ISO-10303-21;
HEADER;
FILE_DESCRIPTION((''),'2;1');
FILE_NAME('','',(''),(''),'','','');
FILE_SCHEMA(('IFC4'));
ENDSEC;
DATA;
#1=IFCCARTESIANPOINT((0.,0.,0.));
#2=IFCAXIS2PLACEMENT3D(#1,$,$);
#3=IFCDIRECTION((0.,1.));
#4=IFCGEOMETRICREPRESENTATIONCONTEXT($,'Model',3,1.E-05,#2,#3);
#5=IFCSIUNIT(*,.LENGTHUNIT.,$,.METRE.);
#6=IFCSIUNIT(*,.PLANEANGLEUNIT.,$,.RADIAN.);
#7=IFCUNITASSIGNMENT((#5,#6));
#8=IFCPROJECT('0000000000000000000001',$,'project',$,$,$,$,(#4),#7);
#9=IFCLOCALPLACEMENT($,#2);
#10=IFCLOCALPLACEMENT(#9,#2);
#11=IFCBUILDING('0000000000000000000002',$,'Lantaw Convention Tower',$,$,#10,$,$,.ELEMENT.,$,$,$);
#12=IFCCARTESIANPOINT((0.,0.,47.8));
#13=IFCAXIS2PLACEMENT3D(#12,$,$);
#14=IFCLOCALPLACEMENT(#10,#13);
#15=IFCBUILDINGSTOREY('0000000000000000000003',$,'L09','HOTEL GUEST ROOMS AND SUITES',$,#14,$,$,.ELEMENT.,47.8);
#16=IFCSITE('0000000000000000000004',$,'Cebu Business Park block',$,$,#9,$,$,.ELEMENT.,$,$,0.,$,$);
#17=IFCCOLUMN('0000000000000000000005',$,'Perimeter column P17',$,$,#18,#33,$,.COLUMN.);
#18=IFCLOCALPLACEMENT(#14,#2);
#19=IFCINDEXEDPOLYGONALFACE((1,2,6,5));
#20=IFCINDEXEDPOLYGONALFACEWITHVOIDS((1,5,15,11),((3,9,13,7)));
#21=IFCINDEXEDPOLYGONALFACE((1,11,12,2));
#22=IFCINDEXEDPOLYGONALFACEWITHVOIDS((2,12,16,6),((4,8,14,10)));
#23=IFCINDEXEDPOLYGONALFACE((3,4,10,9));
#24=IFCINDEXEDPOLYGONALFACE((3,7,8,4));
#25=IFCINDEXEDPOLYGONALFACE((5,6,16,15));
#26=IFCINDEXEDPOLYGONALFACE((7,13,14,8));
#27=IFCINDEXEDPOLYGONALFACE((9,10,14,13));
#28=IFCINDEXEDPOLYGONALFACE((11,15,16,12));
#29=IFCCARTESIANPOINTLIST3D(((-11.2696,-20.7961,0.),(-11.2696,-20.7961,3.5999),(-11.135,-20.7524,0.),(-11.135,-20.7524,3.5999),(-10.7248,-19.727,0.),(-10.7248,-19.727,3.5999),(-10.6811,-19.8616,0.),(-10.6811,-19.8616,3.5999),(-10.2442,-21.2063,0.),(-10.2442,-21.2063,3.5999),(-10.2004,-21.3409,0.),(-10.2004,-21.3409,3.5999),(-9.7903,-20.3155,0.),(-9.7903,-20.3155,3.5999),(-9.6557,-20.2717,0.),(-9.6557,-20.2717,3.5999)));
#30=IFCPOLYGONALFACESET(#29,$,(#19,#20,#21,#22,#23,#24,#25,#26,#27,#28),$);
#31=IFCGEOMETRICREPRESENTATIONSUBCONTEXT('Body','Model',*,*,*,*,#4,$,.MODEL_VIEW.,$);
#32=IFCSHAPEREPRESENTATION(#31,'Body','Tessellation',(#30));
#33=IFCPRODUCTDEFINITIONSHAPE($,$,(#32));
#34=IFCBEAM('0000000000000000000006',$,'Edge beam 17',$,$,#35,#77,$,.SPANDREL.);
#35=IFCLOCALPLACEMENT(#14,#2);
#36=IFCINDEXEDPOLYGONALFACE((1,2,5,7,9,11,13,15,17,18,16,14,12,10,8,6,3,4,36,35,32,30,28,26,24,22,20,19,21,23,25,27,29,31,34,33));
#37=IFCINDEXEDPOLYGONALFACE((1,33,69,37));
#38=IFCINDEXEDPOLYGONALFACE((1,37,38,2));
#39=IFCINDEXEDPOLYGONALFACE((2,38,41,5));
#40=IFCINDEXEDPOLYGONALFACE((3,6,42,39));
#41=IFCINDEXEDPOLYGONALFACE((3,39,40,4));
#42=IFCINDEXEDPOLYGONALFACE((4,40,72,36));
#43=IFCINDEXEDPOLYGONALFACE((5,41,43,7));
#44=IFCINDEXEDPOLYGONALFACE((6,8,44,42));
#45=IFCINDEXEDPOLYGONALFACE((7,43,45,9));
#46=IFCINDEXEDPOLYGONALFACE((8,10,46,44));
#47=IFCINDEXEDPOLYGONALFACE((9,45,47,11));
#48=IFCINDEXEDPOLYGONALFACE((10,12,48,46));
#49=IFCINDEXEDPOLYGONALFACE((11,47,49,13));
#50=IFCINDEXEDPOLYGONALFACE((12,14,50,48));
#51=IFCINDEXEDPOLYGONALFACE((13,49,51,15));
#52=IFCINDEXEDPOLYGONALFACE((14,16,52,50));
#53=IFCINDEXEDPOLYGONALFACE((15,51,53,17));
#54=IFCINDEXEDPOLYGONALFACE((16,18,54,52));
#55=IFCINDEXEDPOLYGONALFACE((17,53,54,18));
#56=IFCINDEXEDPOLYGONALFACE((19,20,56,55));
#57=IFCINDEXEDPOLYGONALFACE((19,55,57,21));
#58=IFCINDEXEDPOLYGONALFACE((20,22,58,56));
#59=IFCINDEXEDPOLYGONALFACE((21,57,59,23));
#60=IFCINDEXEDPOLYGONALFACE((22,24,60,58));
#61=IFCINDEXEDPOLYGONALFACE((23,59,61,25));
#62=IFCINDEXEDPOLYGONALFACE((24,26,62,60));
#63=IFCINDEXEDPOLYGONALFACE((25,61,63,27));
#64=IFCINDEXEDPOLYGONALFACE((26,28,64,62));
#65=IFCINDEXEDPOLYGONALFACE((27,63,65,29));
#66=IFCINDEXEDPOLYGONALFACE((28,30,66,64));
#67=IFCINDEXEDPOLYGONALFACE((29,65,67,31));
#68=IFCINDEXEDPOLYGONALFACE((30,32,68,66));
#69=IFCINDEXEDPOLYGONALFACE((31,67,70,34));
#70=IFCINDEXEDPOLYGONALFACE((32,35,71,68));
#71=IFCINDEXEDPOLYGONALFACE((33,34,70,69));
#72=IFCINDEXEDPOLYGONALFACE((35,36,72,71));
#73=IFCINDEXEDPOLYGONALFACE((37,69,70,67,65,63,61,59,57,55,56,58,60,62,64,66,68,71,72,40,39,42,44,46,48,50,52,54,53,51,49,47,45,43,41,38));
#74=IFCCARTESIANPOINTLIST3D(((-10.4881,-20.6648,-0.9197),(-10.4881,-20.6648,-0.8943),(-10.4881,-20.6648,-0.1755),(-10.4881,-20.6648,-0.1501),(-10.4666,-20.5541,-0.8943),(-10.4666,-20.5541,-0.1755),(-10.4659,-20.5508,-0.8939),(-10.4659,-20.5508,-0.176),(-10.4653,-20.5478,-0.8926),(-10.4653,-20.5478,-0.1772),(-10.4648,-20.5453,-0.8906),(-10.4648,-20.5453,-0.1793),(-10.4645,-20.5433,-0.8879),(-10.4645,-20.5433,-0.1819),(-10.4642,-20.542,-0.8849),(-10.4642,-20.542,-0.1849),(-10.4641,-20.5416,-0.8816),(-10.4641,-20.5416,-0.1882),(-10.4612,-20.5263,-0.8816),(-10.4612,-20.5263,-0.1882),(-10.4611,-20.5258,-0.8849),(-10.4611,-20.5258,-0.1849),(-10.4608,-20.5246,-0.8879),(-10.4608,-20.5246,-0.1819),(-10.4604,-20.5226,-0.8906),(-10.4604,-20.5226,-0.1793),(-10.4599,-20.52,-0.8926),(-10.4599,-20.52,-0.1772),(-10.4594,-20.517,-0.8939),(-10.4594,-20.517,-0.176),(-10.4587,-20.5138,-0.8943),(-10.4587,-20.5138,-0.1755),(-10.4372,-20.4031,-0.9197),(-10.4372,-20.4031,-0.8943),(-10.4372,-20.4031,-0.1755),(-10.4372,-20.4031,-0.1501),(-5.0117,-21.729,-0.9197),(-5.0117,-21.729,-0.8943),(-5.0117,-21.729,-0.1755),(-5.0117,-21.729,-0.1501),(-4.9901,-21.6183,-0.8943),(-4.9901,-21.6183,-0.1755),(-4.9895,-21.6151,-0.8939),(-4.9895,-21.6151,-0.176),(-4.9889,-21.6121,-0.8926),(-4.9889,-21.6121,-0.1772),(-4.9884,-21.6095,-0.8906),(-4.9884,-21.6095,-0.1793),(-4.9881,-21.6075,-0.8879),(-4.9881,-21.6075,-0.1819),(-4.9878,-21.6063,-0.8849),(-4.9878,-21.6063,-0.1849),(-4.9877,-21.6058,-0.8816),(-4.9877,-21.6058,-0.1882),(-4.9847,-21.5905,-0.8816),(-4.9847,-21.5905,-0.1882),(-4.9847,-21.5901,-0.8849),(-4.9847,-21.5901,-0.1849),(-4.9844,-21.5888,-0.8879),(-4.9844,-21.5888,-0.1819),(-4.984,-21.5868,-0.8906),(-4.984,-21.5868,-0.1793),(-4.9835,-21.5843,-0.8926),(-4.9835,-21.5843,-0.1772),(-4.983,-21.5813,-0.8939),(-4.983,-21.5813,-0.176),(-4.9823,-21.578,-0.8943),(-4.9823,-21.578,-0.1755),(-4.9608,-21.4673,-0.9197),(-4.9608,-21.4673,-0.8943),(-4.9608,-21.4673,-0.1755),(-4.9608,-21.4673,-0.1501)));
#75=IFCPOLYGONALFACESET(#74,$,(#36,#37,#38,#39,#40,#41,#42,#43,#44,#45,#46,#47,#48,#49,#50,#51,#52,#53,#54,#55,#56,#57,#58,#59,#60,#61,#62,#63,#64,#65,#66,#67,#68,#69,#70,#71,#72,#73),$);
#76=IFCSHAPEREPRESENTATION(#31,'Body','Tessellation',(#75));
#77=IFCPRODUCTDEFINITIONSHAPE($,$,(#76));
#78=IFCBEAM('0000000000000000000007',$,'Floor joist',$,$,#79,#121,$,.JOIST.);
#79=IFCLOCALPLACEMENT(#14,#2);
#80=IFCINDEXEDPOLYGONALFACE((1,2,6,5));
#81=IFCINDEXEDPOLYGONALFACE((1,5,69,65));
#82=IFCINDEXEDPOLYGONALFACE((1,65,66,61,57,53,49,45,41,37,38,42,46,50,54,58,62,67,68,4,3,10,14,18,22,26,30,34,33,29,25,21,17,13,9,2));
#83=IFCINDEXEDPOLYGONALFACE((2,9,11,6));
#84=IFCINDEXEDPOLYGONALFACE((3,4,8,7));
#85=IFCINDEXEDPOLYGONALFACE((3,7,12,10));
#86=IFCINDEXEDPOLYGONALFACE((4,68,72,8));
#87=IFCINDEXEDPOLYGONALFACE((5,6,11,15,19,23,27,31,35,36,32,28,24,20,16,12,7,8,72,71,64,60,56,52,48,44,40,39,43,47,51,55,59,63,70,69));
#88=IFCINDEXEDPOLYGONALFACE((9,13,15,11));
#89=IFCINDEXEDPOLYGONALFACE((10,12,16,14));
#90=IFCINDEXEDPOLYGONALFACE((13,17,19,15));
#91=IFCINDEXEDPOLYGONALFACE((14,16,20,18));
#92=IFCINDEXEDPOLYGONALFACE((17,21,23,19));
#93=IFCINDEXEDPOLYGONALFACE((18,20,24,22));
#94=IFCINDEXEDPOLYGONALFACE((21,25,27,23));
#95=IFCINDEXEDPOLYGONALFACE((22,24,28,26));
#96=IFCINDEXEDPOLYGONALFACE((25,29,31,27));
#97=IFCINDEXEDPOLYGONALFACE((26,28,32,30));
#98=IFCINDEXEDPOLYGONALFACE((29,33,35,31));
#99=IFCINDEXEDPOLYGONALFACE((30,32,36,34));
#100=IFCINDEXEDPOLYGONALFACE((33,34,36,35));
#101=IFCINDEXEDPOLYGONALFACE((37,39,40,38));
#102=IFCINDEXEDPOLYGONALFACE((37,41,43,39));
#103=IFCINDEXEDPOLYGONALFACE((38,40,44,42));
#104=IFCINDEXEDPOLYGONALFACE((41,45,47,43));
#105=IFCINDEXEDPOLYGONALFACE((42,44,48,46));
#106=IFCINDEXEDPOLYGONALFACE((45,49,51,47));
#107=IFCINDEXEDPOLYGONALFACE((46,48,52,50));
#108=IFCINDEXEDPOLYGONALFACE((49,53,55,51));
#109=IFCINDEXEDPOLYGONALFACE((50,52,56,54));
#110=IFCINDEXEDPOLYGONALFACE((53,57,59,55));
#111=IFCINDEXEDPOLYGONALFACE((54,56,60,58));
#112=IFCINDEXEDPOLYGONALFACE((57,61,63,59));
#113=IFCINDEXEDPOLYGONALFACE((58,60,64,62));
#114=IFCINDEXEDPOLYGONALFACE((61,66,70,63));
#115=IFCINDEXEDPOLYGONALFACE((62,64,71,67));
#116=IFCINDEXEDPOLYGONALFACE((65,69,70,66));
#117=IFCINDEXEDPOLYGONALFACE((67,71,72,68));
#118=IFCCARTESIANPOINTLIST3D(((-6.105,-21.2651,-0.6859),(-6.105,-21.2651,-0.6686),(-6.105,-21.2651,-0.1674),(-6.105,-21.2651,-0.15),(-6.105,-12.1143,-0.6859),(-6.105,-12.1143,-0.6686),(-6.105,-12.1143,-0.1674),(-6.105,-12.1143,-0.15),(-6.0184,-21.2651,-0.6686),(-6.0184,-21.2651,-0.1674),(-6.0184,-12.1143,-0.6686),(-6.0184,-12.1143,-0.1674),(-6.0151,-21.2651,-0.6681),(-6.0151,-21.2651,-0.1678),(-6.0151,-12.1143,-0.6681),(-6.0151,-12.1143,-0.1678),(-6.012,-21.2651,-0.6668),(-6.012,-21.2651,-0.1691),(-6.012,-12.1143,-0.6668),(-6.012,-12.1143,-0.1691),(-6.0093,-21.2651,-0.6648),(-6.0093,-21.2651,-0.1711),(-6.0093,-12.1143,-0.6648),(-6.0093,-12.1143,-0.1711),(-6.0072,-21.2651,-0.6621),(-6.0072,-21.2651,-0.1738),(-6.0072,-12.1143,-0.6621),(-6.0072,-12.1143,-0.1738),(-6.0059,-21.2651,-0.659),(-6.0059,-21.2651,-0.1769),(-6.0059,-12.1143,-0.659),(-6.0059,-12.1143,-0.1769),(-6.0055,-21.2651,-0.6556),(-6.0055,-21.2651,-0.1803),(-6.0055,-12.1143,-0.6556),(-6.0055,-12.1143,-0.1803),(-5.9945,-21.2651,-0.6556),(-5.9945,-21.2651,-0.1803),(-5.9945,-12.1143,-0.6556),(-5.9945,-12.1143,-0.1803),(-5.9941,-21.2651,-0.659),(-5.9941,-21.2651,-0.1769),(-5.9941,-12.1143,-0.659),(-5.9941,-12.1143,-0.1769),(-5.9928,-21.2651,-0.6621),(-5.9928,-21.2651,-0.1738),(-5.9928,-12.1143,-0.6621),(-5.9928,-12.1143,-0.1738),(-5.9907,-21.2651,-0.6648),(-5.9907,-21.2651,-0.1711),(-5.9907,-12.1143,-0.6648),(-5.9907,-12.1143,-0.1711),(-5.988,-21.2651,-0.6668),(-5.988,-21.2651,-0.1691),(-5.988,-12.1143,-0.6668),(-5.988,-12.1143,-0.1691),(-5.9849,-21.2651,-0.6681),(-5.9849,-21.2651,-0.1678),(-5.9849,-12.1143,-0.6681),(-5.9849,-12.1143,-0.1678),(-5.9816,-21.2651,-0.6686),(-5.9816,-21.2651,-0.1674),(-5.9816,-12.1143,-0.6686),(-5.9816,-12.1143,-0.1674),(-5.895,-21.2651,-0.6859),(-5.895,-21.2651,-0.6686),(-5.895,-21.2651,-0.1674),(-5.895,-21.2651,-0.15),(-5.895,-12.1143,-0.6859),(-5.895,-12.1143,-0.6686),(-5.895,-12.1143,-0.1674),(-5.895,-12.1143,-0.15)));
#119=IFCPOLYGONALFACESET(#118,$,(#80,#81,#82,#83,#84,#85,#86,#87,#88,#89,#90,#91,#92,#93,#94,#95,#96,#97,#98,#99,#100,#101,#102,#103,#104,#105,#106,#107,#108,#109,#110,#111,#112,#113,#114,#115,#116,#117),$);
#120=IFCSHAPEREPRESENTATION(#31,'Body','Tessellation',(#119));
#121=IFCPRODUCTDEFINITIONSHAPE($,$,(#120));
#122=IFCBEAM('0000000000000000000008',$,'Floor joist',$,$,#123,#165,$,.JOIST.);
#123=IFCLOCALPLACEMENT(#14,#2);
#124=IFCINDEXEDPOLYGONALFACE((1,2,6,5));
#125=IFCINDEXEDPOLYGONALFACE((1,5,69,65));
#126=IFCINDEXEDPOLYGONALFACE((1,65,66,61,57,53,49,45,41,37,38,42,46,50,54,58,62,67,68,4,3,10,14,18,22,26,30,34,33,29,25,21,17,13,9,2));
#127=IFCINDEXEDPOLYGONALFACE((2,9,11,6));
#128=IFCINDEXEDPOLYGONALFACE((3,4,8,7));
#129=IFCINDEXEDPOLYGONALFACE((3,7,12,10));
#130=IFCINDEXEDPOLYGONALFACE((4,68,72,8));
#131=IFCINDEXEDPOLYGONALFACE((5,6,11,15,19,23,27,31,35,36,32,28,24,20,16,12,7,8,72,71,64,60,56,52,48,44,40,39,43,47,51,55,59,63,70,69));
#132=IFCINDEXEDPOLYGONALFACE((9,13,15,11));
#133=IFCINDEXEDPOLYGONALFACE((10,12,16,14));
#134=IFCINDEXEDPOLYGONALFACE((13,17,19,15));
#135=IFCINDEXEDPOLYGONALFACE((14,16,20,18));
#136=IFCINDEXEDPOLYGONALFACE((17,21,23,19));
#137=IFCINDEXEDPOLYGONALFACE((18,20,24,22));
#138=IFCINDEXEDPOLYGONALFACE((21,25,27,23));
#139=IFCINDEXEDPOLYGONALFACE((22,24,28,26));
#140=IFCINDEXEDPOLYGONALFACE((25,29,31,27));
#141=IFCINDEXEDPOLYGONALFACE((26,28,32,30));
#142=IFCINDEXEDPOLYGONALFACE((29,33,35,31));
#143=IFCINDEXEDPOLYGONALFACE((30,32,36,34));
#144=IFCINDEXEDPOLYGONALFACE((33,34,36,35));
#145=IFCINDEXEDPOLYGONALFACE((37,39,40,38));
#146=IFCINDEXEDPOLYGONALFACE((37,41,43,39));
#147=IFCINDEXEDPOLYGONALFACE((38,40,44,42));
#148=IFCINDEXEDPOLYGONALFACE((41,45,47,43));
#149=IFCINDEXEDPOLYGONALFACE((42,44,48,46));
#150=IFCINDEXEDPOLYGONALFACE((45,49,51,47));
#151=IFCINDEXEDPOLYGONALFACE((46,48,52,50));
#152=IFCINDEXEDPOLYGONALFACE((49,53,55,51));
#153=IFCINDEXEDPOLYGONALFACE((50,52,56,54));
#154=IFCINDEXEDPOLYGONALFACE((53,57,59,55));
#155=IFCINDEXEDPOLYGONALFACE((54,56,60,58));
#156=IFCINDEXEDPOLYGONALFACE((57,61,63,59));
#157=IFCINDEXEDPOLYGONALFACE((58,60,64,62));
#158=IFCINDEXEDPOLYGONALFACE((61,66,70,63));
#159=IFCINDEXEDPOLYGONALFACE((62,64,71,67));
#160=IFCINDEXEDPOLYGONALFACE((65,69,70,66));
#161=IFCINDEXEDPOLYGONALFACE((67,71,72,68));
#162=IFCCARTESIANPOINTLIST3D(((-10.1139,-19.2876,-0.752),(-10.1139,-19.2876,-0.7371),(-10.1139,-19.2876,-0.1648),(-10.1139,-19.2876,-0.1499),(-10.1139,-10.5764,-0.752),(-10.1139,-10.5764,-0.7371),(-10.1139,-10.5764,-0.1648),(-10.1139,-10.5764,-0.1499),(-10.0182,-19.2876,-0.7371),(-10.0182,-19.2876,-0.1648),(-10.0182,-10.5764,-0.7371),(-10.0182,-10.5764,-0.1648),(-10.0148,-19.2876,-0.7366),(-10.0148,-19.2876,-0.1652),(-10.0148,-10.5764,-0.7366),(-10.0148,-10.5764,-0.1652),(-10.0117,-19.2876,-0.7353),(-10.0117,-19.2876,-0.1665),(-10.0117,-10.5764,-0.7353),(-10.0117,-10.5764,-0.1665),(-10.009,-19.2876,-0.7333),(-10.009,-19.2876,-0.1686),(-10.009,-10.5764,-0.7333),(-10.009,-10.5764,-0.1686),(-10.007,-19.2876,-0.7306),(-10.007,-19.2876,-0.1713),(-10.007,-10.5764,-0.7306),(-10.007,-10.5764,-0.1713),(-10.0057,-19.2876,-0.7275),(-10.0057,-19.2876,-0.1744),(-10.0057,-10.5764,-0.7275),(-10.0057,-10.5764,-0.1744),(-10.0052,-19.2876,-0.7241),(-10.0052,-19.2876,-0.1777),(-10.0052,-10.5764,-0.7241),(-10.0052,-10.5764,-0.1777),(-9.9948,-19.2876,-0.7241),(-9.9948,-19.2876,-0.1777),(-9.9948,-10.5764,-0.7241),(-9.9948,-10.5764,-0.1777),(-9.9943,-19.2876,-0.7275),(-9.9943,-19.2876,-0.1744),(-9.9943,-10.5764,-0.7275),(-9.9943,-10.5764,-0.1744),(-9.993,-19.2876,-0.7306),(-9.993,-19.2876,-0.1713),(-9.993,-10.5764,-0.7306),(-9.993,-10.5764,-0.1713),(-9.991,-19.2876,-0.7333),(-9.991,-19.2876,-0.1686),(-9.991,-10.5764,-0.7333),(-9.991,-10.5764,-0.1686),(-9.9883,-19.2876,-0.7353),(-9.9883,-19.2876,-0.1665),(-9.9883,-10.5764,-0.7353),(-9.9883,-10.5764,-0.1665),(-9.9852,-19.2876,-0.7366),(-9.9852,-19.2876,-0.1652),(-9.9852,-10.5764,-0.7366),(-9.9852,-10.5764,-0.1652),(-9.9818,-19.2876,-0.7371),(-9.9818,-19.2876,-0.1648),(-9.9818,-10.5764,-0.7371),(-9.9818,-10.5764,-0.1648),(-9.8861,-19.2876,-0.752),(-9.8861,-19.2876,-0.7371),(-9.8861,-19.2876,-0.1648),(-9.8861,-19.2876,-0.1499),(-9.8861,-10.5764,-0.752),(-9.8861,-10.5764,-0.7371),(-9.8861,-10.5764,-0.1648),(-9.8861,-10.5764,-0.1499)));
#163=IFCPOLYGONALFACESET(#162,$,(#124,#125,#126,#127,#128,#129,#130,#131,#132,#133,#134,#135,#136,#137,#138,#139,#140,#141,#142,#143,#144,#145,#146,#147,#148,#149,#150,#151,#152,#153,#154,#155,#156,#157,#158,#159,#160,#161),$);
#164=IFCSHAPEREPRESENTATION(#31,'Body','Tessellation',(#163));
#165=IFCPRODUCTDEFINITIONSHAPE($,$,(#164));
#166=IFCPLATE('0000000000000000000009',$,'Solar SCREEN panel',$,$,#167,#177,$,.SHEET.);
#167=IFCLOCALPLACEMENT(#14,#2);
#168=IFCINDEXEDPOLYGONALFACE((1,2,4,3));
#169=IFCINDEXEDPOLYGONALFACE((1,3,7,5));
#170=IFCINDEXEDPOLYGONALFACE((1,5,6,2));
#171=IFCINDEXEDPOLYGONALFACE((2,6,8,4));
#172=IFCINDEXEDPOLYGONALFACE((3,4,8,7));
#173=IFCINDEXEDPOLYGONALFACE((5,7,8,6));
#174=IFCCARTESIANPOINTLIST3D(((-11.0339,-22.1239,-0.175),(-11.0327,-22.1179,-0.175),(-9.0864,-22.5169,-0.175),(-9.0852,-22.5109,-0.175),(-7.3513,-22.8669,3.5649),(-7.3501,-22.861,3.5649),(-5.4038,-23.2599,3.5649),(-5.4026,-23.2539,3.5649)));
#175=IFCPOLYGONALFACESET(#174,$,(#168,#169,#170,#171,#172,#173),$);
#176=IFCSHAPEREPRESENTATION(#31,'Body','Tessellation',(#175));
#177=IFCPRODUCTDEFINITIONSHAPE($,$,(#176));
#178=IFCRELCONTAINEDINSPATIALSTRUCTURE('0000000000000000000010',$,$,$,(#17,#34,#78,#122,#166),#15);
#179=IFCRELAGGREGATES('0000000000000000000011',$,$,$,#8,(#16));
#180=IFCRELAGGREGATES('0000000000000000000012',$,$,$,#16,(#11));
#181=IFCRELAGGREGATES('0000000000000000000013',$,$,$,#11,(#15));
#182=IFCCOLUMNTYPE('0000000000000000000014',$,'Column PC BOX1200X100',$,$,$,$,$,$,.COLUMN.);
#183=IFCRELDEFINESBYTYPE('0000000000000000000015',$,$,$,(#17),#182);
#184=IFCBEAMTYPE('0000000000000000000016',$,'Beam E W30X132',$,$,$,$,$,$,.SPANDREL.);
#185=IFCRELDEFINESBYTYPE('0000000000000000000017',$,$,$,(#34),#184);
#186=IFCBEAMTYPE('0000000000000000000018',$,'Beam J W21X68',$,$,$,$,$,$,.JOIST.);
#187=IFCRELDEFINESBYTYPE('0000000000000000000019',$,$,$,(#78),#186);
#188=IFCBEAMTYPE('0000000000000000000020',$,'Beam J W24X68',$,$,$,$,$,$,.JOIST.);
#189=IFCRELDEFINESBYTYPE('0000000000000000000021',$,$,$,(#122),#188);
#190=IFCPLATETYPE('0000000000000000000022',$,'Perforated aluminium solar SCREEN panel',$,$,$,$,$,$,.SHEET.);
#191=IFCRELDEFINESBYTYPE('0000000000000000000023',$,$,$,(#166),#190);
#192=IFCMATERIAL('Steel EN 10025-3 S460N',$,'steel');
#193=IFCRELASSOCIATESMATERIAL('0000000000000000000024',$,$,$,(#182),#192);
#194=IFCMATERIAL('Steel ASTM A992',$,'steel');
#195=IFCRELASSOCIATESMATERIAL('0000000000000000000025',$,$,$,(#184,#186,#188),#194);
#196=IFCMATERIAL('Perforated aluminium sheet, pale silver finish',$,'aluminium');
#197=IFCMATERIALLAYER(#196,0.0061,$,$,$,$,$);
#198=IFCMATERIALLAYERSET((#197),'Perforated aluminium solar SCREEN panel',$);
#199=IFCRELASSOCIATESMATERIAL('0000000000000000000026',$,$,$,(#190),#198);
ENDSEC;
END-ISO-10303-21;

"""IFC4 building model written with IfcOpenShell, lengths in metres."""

from ifc_helpers import new_model, si_unit, direction, frame, origin, origin_2d, place, context, subcontext, project, spatial, polyline, rectangle, hollow_rectangle, i_section, outline, extrude, material, layer, layer_set, material_profile, profile_set, type_object, element, save


model = new_model("IFC4")

# Units and contexts
model_context = context("Model", 3, precision=1e-05, world=origin(), true_north=direction((0.0, 1.0)))
body_context = subcontext(model_context, "Body", "Model", "MODEL_VIEW")
ifc_project = project(units=[si_unit("LENGTHUNIT", "METRE"), si_unit("PLANEANGLEUNIT", "RADIAN")], contexts=[model_context])

# Site, building, storey
site_placement = place(None, origin())
site = spatial("IfcSite", under=ifc_project, at=site_placement, Name="Cebu Business Park block", CompositionType="ELEMENT", RefElevation=0.0)
building_placement = place(site_placement, origin())
building = spatial("IfcBuilding", under=site, at=building_placement, Name="Lantaw Convention Tower", CompositionType="ELEMENT")
storey_placement = place(building_placement, frame((0.0, 0.0, 47.8)))
storey = spatial("IfcBuildingStorey", under=building, at=storey_placement, Name="L09", Description="HOTEL GUEST ROOMS AND SUITES", CompositionType="ELEMENT", Elevation=47.8)

# Column
ifc_material_1 = material(Name="Steel EN 10025-3 S460N", Category="steel")
ifc_material_profile_1 = material_profile(ifc_material_1, hollow_rectangle(XDim=1.2, YDim=1.2, WallThickness=0.1001, at=origin_2d()), Name="BOX1200X100")
ifc_material_2 = material(Name="Concrete C60/75", Category="concrete")
ifc_material_profile_2 = material_profile(ifc_material_2, rectangle(XDim=1.0, YDim=1.0, at=origin_2d()), Name="Concrete fill of BOX1200X100")
ifc_profile_set_1 = profile_set([ifc_material_profile_1, ifc_material_profile_2], Name="Steel EN 10025-3 S460N")
column_type = type_object("IfcColumnType", Name="Column PC BOX1200X100", PredefinedType="COLUMN", material=ifc_profile_set_1)
column_placement = place(storey_placement, frame((-10.4626, -20.5339, 0.0), z_axis=(0.0, 0.0, 1.0), x_axis=(0.45399, 0.891007, 0.0)))
element("IfcColumn", 1, at=column_placement, inside=storey, type_object=column_type, Name="Perimeter column P17", PredefinedType="COLUMN", context=body_context, shape_type="SweptSolid", body=[
    extrude(hollow_rectangle(XDim=1.2, YDim=1.2, WallThickness=0.1001, at=origin_2d()), origin(), (0.0, 0.0, 1.0), 3.5999),
])

# Beams
ifc_material_3 = material(Name="Steel ASTM A992", Category="steel")
ifc_material_profile_3 = material_profile(ifc_material_3, i_section(OverallWidth=0.2666, OverallDepth=0.7695, WebThickness=0.0156, FlangeThickness=0.0254, FilletRadius=0.0127, at=origin_2d()), Name="W30X132")
ifc_profile_set_2 = profile_set([ifc_material_profile_3], Name="Steel ASTM A992")
beam_type_1 = type_object("IfcBeamType", Name="Beam E W30X132", PredefinedType="SPANDREL", material=ifc_profile_set_2)
beam_1_placement = place(storey_placement, frame((-10.4626, -20.5339, -0.5349), z_axis=(0.981637, -0.190761, 0.0), x_axis=(0.190761, 0.981637, 0.0)))
element("IfcBeam", 2, at=beam_1_placement, inside=storey, type_object=beam_type_1, Name="Edge beam 17", PredefinedType="SPANDREL", context=body_context, shape_type="SweptSolid", body=[
    extrude(i_section(OverallWidth=0.2666, OverallDepth=0.7695, WebThickness=0.0156, FlangeThickness=0.0254, FilletRadius=0.0127, at=origin_2d()), origin(), (0.0, 0.0, 1.0), 5.5789),
])
ifc_material_profile_4 = material_profile(ifc_material_3, i_section(OverallWidth=0.21, OverallDepth=0.5359, WebThickness=0.011, FlangeThickness=0.0173, FilletRadius=0.0129, at=origin_2d()), Name="W21X68")
ifc_profile_set_3 = profile_set([ifc_material_profile_4], Name="Steel ASTM A992")
beam_type_2 = type_object("IfcBeamType", Name="Beam J W21X68", PredefinedType="JOIST", material=ifc_profile_set_3)
beam_2_placement = place(storey_placement, frame((-6.0, -21.2651, -0.418), z_axis=(0.0, 1.0, 0.0), x_axis=(-1.0, 0.0, 0.0)))
element("IfcBeam", 3, at=beam_2_placement, inside=storey, type_object=beam_type_2, Name="Floor joist", PredefinedType="JOIST", context=body_context, shape_type="SweptSolid", body=[
    extrude(i_section(OverallWidth=0.21, OverallDepth=0.5359, WebThickness=0.011, FlangeThickness=0.0173, FilletRadius=0.0129, at=origin_2d()), origin(), (0.0, 0.0, 1.0), 9.1509),
])
ifc_material_profile_5 = material_profile(ifc_material_3, i_section(OverallWidth=0.2278, OverallDepth=0.6021, WebThickness=0.0105, FlangeThickness=0.0149, FilletRadius=0.0129, at=origin_2d()), Name="W24X68")
ifc_profile_set_4 = profile_set([ifc_material_profile_5], Name="Steel ASTM A992")
beam_type_3 = type_object("IfcBeamType", Name="Beam J W24X68", PredefinedType="JOIST", material=ifc_profile_set_4)
beam_3_placement = place(storey_placement, frame((-10.0, -19.2876, -0.4509), z_axis=(0.0, 1.0, 0.0), x_axis=(-1.0, 0.0, 0.0)))
element("IfcBeam", 4, at=beam_3_placement, inside=storey, type_object=beam_type_3, Name="Floor joist", PredefinedType="JOIST", context=body_context, shape_type="SweptSolid", body=[
    extrude(i_section(OverallWidth=0.2278, OverallDepth=0.6021, WebThickness=0.0105, FlangeThickness=0.0149, FilletRadius=0.0129, at=origin_2d()), origin(), (0.0, 0.0, 1.0), 8.7112),
])

# Plate
ifc_material_4 = material(Name="Perforated aluminium sheet, pale silver finish", Category="aluminium")
ifc_layer_1 = layer(ifc_material_4, 0.0061)
ifc_layer_set_1 = layer_set([ifc_layer_1], Name="Perforated aluminium solar SCREEN panel")
plate_type = type_object("IfcPlateType", Name="Perforated aluminium solar SCREEN panel", PredefinedType="SHEET", material=ifc_layer_set_1)
plate_placement = place(storey_placement, frame((-11.0327, -22.1179, -0.175), z_axis=(0.197782, 0.980246, 0.000002), x_axis=(0.980246, -0.197782, 0.0)))
element("IfcPlate", 5, at=plate_placement, inside=storey, type_object=plate_type, Name="Solar SCREEN panel", PredefinedType="SHEET", context=body_context, shape_type="SweptSolid", body=[
    extrude(outline(polyline([(0.0, 0.0), (1.9868, 0.0), (5.7436, -3.74), (3.7569, -3.74), (0.0, 0.0)])), origin(), (0.0, 0.0, -1.0), 0.0061),
])

save(model, "model.ifc")
